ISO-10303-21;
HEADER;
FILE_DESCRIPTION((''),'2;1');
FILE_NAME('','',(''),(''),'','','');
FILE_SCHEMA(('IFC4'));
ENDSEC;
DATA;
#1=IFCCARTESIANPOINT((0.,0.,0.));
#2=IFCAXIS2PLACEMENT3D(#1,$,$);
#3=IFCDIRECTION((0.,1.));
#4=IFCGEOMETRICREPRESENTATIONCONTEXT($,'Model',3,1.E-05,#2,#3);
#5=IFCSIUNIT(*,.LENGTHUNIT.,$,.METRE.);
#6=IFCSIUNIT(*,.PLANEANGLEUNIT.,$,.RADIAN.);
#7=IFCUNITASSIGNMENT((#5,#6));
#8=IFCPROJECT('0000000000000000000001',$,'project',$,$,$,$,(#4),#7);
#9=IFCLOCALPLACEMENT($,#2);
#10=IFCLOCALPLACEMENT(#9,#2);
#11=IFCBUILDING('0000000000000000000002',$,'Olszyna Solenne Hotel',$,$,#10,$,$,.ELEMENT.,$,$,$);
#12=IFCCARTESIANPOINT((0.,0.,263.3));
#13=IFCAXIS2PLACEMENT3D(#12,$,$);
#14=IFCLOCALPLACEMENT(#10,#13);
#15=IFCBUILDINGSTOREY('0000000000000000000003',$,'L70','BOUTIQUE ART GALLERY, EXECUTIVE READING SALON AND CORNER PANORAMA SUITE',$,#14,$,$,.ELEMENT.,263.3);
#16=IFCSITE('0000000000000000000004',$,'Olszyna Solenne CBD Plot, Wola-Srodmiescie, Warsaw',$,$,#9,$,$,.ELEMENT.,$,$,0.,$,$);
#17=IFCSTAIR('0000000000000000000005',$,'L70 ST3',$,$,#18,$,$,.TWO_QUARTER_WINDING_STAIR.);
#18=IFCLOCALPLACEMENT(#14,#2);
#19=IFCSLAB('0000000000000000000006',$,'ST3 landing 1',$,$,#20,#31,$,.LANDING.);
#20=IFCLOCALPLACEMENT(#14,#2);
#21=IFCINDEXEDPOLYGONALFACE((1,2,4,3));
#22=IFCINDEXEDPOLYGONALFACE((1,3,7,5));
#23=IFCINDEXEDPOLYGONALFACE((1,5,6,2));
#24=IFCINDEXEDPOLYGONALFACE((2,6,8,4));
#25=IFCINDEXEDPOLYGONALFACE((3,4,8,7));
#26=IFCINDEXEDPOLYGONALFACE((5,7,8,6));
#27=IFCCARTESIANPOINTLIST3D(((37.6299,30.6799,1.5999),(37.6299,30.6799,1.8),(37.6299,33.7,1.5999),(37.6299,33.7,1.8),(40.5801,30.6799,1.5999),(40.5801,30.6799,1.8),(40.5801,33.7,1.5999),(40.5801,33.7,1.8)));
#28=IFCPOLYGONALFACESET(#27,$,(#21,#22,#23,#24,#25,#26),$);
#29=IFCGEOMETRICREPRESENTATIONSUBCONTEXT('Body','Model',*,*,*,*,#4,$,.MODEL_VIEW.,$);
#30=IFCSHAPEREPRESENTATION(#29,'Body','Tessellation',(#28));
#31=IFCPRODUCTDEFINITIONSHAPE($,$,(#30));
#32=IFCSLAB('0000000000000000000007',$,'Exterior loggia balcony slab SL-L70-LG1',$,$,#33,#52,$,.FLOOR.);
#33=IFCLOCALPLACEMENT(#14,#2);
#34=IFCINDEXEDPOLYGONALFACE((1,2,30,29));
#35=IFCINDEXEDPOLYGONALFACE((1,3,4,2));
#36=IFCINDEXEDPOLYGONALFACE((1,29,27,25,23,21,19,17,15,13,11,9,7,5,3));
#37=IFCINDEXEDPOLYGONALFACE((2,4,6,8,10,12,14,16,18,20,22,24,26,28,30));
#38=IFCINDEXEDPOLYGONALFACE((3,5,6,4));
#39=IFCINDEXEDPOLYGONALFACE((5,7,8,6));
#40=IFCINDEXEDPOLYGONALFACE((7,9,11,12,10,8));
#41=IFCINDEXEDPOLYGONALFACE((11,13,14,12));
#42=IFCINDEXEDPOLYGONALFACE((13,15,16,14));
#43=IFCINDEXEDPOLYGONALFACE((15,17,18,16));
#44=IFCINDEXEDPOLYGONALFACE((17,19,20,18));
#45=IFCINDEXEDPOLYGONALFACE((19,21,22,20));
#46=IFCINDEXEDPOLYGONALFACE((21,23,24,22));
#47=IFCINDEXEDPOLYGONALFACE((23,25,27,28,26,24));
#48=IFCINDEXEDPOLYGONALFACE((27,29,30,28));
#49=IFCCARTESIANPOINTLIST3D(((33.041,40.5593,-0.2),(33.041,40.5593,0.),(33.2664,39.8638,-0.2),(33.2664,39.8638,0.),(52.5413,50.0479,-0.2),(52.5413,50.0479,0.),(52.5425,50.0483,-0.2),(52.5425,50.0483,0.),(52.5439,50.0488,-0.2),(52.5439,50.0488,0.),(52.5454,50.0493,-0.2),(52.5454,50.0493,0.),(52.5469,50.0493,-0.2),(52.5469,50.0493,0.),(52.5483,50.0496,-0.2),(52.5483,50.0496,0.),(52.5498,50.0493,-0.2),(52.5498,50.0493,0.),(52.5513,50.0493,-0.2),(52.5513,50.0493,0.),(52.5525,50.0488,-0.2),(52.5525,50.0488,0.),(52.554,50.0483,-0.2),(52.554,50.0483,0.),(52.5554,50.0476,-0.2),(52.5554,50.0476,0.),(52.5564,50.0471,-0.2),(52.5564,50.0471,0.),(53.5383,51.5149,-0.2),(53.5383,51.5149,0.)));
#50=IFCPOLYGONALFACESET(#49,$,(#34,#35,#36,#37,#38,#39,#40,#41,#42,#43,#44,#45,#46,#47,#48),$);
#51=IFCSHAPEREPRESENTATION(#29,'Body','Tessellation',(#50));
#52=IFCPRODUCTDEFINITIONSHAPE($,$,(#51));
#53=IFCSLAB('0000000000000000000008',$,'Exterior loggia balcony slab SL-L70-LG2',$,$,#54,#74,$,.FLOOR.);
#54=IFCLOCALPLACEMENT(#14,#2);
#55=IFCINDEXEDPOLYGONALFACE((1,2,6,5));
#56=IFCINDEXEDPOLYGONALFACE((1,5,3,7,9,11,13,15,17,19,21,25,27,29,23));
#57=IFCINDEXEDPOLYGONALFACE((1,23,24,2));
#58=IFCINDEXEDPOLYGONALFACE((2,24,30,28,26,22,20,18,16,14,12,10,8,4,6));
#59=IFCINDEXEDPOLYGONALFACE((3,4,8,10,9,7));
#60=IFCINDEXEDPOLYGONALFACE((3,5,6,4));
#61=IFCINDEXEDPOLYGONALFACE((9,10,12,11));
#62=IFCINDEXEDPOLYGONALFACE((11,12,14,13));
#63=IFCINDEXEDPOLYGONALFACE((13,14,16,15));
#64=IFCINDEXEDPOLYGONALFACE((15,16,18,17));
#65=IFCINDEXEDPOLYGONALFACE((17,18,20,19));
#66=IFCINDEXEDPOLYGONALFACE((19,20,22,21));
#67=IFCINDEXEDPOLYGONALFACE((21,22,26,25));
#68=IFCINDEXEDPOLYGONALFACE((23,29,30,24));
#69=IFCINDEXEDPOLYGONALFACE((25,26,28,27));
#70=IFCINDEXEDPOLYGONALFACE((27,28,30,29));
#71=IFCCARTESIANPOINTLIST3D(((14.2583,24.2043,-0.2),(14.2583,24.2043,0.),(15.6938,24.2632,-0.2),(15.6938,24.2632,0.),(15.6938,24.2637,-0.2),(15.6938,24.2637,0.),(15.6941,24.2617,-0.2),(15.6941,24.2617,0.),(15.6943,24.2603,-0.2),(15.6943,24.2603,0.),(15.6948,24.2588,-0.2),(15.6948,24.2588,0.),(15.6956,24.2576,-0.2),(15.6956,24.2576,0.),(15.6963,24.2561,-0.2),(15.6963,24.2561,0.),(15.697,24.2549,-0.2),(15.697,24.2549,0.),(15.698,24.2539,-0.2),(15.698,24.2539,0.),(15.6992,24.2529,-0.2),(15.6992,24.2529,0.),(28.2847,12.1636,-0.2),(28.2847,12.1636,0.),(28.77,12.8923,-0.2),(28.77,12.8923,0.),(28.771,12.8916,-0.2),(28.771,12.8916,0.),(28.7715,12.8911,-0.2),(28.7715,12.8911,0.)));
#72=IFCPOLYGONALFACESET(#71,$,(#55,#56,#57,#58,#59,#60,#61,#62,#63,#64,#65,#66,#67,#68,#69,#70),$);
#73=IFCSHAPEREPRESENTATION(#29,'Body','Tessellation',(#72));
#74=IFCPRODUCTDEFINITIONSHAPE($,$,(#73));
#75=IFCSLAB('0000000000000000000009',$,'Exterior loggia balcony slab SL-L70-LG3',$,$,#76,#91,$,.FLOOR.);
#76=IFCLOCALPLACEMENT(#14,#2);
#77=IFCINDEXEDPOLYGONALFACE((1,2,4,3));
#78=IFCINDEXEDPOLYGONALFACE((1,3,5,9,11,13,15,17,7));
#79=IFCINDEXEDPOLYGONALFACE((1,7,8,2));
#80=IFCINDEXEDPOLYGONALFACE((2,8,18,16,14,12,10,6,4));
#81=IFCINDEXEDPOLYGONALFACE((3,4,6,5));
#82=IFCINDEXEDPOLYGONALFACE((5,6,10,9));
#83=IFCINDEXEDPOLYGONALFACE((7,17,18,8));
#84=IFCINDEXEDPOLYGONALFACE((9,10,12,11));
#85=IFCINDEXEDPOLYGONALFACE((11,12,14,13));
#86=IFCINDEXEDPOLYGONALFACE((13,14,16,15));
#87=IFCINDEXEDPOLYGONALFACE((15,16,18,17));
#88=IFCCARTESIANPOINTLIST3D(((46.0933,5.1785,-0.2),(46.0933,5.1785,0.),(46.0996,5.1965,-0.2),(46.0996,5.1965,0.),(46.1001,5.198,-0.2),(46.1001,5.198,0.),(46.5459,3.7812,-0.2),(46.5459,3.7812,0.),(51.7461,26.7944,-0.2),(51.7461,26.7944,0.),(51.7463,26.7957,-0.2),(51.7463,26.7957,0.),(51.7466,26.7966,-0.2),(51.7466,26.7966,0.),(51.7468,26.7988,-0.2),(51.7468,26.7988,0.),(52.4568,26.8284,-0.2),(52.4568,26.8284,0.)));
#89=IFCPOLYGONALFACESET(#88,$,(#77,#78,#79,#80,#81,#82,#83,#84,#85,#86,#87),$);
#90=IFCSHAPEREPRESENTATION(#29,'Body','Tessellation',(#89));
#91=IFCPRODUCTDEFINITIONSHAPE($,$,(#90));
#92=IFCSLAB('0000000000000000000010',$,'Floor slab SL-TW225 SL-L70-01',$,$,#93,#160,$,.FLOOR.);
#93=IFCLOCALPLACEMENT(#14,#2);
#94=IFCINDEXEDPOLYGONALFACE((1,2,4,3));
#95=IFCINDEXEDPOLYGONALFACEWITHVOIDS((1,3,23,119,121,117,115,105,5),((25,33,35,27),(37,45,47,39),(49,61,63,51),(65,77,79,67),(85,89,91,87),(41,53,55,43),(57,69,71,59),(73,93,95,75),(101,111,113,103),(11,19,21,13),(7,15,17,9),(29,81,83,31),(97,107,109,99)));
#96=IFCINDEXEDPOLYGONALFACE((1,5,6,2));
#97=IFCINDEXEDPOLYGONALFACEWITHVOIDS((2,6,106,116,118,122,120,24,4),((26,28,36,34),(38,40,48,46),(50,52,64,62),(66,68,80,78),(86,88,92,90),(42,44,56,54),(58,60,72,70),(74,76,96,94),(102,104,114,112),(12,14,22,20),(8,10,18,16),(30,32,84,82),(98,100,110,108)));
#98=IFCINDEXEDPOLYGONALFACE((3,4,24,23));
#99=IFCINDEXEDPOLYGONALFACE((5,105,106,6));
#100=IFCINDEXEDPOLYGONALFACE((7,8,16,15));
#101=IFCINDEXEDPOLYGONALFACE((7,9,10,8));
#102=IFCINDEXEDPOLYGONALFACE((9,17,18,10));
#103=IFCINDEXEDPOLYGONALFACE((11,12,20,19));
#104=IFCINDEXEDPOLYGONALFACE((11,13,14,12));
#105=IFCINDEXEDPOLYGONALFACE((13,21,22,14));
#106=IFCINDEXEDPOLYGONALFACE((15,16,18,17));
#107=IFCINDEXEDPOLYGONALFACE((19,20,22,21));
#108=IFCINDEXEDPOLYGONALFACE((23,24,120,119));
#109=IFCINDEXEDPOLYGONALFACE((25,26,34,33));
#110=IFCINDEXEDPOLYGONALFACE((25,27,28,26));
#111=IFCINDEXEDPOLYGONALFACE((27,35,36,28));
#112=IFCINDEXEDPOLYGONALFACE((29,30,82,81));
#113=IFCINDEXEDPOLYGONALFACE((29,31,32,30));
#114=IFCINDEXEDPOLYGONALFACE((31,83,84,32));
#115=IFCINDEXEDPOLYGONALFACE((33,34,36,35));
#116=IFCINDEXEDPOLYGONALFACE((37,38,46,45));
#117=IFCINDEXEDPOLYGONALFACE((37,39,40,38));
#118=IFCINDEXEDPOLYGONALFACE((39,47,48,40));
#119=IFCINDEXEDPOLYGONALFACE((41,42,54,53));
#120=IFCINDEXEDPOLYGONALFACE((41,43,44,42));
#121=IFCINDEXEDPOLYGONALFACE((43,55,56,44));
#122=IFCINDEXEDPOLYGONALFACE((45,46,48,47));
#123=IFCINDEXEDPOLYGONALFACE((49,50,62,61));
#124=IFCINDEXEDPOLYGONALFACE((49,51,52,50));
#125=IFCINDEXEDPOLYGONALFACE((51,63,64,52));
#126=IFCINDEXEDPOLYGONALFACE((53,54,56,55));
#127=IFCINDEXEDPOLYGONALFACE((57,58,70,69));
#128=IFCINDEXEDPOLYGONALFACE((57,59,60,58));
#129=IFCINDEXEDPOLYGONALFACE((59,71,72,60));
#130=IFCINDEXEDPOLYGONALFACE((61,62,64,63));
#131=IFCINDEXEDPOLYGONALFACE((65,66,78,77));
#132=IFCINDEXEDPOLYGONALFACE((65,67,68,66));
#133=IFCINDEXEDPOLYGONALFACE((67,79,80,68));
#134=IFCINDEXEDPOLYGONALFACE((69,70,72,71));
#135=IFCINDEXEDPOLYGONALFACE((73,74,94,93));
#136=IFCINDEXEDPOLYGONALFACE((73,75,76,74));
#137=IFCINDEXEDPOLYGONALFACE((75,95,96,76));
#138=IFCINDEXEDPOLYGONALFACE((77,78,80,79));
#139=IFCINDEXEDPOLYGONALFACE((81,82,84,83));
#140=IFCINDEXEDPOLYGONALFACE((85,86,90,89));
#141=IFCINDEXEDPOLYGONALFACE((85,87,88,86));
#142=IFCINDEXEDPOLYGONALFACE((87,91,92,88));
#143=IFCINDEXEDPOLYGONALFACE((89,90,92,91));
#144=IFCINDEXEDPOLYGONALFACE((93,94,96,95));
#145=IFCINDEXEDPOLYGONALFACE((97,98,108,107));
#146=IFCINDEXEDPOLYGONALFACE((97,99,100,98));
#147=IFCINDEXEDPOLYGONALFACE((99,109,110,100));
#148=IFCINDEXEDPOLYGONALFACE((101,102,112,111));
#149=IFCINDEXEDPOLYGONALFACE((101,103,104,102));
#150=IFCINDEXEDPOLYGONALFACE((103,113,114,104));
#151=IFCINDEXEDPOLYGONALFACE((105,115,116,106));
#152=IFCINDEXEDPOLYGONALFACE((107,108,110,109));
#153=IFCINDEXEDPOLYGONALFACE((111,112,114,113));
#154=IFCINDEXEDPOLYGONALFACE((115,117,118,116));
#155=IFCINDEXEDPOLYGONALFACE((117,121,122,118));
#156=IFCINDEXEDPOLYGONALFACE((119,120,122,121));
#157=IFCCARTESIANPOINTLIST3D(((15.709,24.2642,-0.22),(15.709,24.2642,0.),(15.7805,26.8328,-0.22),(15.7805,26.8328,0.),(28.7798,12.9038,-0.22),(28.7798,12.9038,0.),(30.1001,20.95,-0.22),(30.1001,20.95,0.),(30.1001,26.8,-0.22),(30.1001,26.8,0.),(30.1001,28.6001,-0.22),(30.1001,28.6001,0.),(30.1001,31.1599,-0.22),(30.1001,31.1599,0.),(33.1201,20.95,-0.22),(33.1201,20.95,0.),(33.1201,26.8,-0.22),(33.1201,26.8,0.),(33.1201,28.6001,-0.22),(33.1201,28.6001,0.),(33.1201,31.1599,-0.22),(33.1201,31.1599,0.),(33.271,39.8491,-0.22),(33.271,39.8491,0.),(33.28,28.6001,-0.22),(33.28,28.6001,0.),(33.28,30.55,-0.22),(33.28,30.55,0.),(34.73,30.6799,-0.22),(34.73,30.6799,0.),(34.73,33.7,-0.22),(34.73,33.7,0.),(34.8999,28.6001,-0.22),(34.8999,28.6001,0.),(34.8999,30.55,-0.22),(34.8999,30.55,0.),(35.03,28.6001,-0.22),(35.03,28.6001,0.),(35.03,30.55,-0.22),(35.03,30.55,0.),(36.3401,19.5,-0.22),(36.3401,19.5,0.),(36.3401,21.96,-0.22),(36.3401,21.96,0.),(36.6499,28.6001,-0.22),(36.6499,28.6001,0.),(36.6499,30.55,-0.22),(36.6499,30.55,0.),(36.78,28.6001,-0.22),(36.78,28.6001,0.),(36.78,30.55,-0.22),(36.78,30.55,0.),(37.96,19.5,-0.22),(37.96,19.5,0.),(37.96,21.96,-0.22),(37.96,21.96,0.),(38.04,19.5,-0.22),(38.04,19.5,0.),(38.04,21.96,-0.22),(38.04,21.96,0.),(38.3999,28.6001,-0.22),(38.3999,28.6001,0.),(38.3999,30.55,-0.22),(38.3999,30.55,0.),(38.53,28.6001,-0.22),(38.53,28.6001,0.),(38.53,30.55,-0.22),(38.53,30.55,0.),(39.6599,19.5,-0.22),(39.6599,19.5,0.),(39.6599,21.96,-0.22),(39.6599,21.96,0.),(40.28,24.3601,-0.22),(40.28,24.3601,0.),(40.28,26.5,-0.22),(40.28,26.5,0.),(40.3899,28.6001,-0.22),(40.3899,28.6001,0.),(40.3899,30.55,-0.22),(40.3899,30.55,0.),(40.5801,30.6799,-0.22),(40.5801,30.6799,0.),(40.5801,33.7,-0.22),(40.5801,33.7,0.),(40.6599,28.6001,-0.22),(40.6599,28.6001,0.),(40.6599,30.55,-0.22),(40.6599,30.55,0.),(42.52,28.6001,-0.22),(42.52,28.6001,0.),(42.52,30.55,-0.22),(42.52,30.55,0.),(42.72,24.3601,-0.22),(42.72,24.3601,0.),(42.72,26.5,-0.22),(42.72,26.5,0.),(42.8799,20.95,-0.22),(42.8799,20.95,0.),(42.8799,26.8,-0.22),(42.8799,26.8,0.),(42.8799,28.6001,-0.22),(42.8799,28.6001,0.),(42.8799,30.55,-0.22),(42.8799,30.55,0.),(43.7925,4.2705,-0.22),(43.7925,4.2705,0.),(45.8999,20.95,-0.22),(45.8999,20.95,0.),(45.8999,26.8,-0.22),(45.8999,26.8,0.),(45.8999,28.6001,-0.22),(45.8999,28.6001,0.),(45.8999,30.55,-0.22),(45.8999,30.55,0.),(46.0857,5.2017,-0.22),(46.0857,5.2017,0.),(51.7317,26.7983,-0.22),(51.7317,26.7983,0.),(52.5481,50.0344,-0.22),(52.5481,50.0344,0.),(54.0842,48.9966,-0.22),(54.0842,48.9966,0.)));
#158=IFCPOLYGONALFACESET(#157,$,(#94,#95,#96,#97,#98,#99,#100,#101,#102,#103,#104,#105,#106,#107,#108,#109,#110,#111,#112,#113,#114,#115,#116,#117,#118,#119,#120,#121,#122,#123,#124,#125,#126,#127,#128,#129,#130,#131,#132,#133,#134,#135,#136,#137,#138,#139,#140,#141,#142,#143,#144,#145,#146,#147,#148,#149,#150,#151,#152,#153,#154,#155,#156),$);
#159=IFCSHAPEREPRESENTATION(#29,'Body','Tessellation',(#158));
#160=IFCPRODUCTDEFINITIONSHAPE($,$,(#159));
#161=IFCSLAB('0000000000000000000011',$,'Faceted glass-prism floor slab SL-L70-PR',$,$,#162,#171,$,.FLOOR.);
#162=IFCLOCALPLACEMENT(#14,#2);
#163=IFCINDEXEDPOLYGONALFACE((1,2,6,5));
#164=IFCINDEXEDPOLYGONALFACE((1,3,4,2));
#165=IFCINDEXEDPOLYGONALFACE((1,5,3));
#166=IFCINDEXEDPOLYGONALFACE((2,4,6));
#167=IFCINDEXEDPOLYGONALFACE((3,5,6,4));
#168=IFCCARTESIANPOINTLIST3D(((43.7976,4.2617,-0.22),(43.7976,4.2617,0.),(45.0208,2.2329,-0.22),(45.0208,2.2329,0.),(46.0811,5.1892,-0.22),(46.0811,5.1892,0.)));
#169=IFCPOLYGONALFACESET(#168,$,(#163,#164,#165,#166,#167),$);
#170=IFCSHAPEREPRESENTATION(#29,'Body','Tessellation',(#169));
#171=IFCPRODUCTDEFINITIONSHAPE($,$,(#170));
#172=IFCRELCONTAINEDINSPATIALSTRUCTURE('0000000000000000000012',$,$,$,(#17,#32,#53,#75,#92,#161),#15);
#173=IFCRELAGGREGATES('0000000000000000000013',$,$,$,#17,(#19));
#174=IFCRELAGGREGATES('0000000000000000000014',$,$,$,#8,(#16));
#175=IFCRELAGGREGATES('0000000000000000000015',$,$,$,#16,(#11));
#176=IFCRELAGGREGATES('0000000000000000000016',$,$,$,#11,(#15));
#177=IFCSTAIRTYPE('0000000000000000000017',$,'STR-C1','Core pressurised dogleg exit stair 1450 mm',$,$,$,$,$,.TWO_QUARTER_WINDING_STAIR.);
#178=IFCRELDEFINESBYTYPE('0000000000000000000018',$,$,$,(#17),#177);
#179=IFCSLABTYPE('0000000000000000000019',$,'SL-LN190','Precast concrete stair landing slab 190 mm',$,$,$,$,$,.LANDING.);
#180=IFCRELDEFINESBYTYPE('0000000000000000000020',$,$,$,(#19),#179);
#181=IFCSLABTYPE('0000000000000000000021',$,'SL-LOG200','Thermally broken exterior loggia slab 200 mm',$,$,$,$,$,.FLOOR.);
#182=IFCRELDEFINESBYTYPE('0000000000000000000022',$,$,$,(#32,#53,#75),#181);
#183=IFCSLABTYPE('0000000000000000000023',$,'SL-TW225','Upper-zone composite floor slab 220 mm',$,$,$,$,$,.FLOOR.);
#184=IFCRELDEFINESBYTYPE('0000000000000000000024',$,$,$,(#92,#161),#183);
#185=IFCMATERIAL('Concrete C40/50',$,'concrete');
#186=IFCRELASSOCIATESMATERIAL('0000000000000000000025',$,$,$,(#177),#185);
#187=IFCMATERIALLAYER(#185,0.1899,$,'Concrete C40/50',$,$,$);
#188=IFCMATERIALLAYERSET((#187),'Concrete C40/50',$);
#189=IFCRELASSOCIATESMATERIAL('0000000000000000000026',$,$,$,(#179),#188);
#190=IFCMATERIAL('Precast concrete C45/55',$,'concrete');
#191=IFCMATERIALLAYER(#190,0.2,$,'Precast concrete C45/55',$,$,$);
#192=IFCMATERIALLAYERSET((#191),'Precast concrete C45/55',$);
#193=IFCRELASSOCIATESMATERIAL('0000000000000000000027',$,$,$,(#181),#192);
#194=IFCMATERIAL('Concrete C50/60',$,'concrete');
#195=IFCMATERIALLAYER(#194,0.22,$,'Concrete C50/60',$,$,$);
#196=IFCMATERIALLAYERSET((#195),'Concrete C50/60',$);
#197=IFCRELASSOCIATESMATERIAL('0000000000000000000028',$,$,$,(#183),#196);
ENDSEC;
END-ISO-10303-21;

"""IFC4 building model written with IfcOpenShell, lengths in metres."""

from ifc_helpers import new_model, si_unit, direction, frame, origin, place, context, subcontext, project, spatial, polyline, outline, extrude, material, layer, layer_set, type_object, element, aggregate, save


model = new_model("IFC4")

# Units and contexts
model_context = context("Model", 3, precision=1e-05, world=origin(), true_north=direction((0.0, 1.0)))
body_context = subcontext(model_context, "Body", "Model", "MODEL_VIEW")
ifc_project = project(units=[si_unit("LENGTHUNIT", "METRE"), si_unit("PLANEANGLEUNIT", "RADIAN")], contexts=[model_context])

# Site, building, storey
site_placement = place(None, origin())
site = spatial("IfcSite", under=ifc_project, at=site_placement, Name="Olszyna Solenne CBD Plot, Wola-Srodmiescie, Warsaw", CompositionType="ELEMENT", RefElevation=0.0)
building_placement = place(site_placement, origin())
building = spatial("IfcBuilding", under=site, at=building_placement, Name="Olszyna Solenne Hotel", CompositionType="ELEMENT")
storey_placement = place(building_placement, frame((0.0, 0.0, 263.3)))
storey = spatial("IfcBuildingStorey", under=building, at=storey_placement, Name="L70", Description="BOUTIQUE ART GALLERY, EXECUTIVE READING SALON AND CORNER PANORAMA SUITE", CompositionType="ELEMENT", Elevation=263.3)

# Stair, slab
ifc_material_1 = material(Name="Concrete C40/50", Category="concrete")
stair_type = type_object("IfcStairType", Name="STR-C1", Description="Core pressurised dogleg exit stair 1450 mm", PredefinedType="TWO_QUARTER_WINDING_STAIR", material=ifc_material_1)
ifc_layer_1 = layer(ifc_material_1, 0.1899, Name="Concrete C40/50")
ifc_layer_set_1 = layer_set([ifc_layer_1], Name="Concrete C40/50")
slab_type_1 = type_object("IfcSlabType", Name="SL-LN190", Description="Precast concrete stair landing slab 190 mm", PredefinedType="LANDING", material=ifc_layer_set_1)
stair_1_placement = place(storey_placement, origin())
stair_1 = element("IfcStair", 1, at=stair_1_placement, inside=storey, type_object=stair_type, Name="L70 ST3", PredefinedType="TWO_QUARTER_WINDING_STAIR")
slab_1_placement = place(storey_placement, frame((0.0, 0.0, 1.5999)))
slab_1 = element("IfcSlab", 2, at=slab_1_placement, type_object=slab_type_1, Name="ST3 landing 1", PredefinedType="LANDING", context=body_context, shape_type="SweptSolid", body=[
    extrude(outline(polyline([(37.6299, 30.6799), (40.5801, 30.6799), (40.5801, 33.7), (37.6299, 33.7), (37.6299, 30.6799)])), origin(), (0.0, 0.0, 1.0), 0.2002),
])
aggregate(stair_1, [slab_1])

# Slabs
ifc_material_2 = material(Name="Precast concrete C45/55", Category="concrete")
ifc_layer_2 = layer(ifc_material_2, 0.2, Name="Precast concrete C45/55")
ifc_layer_set_2 = layer_set([ifc_layer_2], Name="Precast concrete C45/55")
slab_type_2 = type_object("IfcSlabType", Name="SL-LOG200", Description="Thermally broken exterior loggia slab 200 mm", PredefinedType="FLOOR", material=ifc_layer_set_2)
slab_2_placement = place(storey_placement, frame((0.0, 0.0, -0.2)))
element("IfcSlab", 3, at=slab_2_placement, inside=storey, type_object=slab_type_2, Name="Exterior loggia balcony slab SL-L70-LG1", PredefinedType="FLOOR", context=body_context, shape_type="SweptSolid", body=[
    extrude(outline(polyline([(33.2664, 39.8638), (52.5413, 50.0479), (52.5425, 50.0483), (52.5439, 50.0488), (52.5454, 50.0493), (52.5469, 50.0493), (52.5483, 50.0496), (52.5498, 50.0493), (52.5513, 50.0493), (52.5525, 50.0488), (52.554, 50.0483), (52.5554, 50.0476), (52.5564, 50.0471), (53.5383, 51.5149), (33.041, 40.5593), (33.2664, 39.8638)])), origin(), (0.0, 0.0, 1.0), 0.2),
])
slab_3_placement = place(storey_placement, frame((0.0, 0.0, -0.2)))
element("IfcSlab", 4, at=slab_3_placement, inside=storey, type_object=slab_type_2, Name="Exterior loggia balcony slab SL-L70-LG2", PredefinedType="FLOOR", context=body_context, shape_type="SweptSolid", body=[
    extrude(outline(polyline([(28.7715, 12.8911), (28.771, 12.8916), (28.77, 12.8923), (15.6992, 24.2529), (15.698, 24.2539), (15.697, 24.2549), (15.6963, 24.2561), (15.6956, 24.2576), (15.6948, 24.2588), (15.6943, 24.2603), (15.6941, 24.2617), (15.6938, 24.2632), (15.6938, 24.2637), (14.2583, 24.2043), (28.2847, 12.1636), (28.7715, 12.8911)])), origin(), (0.0, 0.0, 1.0), 0.2),
])
slab_4_placement = place(storey_placement, frame((0.0, 0.0, -0.2)))
element("IfcSlab", 5, at=slab_4_placement, inside=storey, type_object=slab_type_2, Name="Exterior loggia balcony slab SL-L70-LG3", PredefinedType="FLOOR", context=body_context, shape_type="SweptSolid", body=[
    extrude(outline(polyline([(51.7468, 26.7988), (51.7466, 26.7966), (51.7463, 26.7957), (51.7461, 26.7944), (46.1001, 5.198), (46.0996, 5.1965), (46.0933, 5.1785), (46.5459, 3.7812), (52.4568, 26.8284), (51.7468, 26.7988)])), origin(), (0.0, 0.0, 1.0), 0.2),
])
ifc_material_3 = material(Name="Concrete C50/60", Category="concrete")
ifc_layer_3 = layer(ifc_material_3, 0.22, Name="Concrete C50/60")
ifc_layer_set_3 = layer_set([ifc_layer_3], Name="Concrete C50/60")
slab_type_3 = type_object("IfcSlabType", Name="SL-TW225", Description="Upper-zone composite floor slab 220 mm", PredefinedType="FLOOR", material=ifc_layer_set_3)
slab_5_placement = place(storey_placement, frame((0.0, 0.0, -0.22)))
element("IfcSlab", 6, at=slab_5_placement, inside=storey, type_object=slab_type_3, Name="Floor slab SL-TW225 SL-L70-01", PredefinedType="FLOOR", context=body_context, shape_type="SweptSolid", body=[
    extrude(outline(polyline([(54.0842, 48.9966), (52.5481, 50.0344), (33.271, 39.8491), (15.7805, 26.8328), (15.709, 24.2642), (28.7798, 12.9038), (43.7925, 4.2705), (46.0857, 5.2017), (51.7317, 26.7983), (54.0842, 48.9966)]), holes=[polyline([(30.1001, 20.95), (33.1201, 20.95), (33.1201, 26.8), (30.1001, 26.8), (30.1001, 20.95)]), polyline([(42.8799, 20.95), (45.8999, 20.95), (45.8999, 26.8), (42.8799, 26.8), (42.8799, 20.95)]), polyline([(34.73, 30.6799), (40.5801, 30.6799), (40.5801, 33.7), (34.73, 33.7), (34.73, 30.6799)]), polyline([(36.3401, 19.5), (37.96, 19.5), (37.96, 21.96), (36.3401, 21.96), (36.3401, 19.5)]), polyline([(38.04, 19.5), (39.6599, 19.5), (39.6599, 21.96), (38.04, 21.96), (38.04, 19.5)]), polyline([(30.1001, 28.6001), (33.1201, 28.6001), (33.1201, 31.1599), (30.1001, 31.1599), (30.1001, 28.6001)]), polyline([(40.28, 24.3601), (42.72, 24.3601), (42.72, 26.5), (40.28, 26.5), (40.28, 24.3601)]), polyline([(33.28, 28.6001), (34.8999, 28.6001), (34.8999, 30.55), (33.28, 30.55), (33.28, 28.6001)]), polyline([(35.03, 28.6001), (36.6499, 28.6001), (36.6499, 30.55), (35.03, 30.55), (35.03, 28.6001)]), polyline([(36.78, 28.6001), (38.3999, 28.6001), (38.3999, 30.55), (36.78, 30.55), (36.78, 28.6001)]), polyline([(38.53, 28.6001), (40.3899, 28.6001), (40.3899, 30.55), (38.53, 30.55), (38.53, 28.6001)]), polyline([(40.6599, 28.6001), (42.52, 28.6001), (42.52, 30.55), (40.6599, 30.55), (40.6599, 28.6001)]), polyline([(42.8799, 28.6001), (45.8999, 28.6001), (45.8999, 30.55), (42.8799, 30.55), (42.8799, 28.6001)])]), origin(), (0.0, 0.0, 1.0), 0.22),
])
slab_6_placement = place(storey_placement, frame((0.0, 0.0, -0.22)))
element("IfcSlab", 7, at=slab_6_placement, inside=storey, type_object=slab_type_3, Name="Faceted glass-prism floor slab SL-L70-PR", PredefinedType="FLOOR", context=body_context, shape_type="SweptSolid", body=[
    extrude(outline(polyline([(46.0811, 5.1892), (43.7976, 4.2617), (45.0208, 2.2329), (46.0811, 5.1892)])), origin(), (0.0, 0.0, 1.0), 0.22),
])

save(model, "model.ifc")
